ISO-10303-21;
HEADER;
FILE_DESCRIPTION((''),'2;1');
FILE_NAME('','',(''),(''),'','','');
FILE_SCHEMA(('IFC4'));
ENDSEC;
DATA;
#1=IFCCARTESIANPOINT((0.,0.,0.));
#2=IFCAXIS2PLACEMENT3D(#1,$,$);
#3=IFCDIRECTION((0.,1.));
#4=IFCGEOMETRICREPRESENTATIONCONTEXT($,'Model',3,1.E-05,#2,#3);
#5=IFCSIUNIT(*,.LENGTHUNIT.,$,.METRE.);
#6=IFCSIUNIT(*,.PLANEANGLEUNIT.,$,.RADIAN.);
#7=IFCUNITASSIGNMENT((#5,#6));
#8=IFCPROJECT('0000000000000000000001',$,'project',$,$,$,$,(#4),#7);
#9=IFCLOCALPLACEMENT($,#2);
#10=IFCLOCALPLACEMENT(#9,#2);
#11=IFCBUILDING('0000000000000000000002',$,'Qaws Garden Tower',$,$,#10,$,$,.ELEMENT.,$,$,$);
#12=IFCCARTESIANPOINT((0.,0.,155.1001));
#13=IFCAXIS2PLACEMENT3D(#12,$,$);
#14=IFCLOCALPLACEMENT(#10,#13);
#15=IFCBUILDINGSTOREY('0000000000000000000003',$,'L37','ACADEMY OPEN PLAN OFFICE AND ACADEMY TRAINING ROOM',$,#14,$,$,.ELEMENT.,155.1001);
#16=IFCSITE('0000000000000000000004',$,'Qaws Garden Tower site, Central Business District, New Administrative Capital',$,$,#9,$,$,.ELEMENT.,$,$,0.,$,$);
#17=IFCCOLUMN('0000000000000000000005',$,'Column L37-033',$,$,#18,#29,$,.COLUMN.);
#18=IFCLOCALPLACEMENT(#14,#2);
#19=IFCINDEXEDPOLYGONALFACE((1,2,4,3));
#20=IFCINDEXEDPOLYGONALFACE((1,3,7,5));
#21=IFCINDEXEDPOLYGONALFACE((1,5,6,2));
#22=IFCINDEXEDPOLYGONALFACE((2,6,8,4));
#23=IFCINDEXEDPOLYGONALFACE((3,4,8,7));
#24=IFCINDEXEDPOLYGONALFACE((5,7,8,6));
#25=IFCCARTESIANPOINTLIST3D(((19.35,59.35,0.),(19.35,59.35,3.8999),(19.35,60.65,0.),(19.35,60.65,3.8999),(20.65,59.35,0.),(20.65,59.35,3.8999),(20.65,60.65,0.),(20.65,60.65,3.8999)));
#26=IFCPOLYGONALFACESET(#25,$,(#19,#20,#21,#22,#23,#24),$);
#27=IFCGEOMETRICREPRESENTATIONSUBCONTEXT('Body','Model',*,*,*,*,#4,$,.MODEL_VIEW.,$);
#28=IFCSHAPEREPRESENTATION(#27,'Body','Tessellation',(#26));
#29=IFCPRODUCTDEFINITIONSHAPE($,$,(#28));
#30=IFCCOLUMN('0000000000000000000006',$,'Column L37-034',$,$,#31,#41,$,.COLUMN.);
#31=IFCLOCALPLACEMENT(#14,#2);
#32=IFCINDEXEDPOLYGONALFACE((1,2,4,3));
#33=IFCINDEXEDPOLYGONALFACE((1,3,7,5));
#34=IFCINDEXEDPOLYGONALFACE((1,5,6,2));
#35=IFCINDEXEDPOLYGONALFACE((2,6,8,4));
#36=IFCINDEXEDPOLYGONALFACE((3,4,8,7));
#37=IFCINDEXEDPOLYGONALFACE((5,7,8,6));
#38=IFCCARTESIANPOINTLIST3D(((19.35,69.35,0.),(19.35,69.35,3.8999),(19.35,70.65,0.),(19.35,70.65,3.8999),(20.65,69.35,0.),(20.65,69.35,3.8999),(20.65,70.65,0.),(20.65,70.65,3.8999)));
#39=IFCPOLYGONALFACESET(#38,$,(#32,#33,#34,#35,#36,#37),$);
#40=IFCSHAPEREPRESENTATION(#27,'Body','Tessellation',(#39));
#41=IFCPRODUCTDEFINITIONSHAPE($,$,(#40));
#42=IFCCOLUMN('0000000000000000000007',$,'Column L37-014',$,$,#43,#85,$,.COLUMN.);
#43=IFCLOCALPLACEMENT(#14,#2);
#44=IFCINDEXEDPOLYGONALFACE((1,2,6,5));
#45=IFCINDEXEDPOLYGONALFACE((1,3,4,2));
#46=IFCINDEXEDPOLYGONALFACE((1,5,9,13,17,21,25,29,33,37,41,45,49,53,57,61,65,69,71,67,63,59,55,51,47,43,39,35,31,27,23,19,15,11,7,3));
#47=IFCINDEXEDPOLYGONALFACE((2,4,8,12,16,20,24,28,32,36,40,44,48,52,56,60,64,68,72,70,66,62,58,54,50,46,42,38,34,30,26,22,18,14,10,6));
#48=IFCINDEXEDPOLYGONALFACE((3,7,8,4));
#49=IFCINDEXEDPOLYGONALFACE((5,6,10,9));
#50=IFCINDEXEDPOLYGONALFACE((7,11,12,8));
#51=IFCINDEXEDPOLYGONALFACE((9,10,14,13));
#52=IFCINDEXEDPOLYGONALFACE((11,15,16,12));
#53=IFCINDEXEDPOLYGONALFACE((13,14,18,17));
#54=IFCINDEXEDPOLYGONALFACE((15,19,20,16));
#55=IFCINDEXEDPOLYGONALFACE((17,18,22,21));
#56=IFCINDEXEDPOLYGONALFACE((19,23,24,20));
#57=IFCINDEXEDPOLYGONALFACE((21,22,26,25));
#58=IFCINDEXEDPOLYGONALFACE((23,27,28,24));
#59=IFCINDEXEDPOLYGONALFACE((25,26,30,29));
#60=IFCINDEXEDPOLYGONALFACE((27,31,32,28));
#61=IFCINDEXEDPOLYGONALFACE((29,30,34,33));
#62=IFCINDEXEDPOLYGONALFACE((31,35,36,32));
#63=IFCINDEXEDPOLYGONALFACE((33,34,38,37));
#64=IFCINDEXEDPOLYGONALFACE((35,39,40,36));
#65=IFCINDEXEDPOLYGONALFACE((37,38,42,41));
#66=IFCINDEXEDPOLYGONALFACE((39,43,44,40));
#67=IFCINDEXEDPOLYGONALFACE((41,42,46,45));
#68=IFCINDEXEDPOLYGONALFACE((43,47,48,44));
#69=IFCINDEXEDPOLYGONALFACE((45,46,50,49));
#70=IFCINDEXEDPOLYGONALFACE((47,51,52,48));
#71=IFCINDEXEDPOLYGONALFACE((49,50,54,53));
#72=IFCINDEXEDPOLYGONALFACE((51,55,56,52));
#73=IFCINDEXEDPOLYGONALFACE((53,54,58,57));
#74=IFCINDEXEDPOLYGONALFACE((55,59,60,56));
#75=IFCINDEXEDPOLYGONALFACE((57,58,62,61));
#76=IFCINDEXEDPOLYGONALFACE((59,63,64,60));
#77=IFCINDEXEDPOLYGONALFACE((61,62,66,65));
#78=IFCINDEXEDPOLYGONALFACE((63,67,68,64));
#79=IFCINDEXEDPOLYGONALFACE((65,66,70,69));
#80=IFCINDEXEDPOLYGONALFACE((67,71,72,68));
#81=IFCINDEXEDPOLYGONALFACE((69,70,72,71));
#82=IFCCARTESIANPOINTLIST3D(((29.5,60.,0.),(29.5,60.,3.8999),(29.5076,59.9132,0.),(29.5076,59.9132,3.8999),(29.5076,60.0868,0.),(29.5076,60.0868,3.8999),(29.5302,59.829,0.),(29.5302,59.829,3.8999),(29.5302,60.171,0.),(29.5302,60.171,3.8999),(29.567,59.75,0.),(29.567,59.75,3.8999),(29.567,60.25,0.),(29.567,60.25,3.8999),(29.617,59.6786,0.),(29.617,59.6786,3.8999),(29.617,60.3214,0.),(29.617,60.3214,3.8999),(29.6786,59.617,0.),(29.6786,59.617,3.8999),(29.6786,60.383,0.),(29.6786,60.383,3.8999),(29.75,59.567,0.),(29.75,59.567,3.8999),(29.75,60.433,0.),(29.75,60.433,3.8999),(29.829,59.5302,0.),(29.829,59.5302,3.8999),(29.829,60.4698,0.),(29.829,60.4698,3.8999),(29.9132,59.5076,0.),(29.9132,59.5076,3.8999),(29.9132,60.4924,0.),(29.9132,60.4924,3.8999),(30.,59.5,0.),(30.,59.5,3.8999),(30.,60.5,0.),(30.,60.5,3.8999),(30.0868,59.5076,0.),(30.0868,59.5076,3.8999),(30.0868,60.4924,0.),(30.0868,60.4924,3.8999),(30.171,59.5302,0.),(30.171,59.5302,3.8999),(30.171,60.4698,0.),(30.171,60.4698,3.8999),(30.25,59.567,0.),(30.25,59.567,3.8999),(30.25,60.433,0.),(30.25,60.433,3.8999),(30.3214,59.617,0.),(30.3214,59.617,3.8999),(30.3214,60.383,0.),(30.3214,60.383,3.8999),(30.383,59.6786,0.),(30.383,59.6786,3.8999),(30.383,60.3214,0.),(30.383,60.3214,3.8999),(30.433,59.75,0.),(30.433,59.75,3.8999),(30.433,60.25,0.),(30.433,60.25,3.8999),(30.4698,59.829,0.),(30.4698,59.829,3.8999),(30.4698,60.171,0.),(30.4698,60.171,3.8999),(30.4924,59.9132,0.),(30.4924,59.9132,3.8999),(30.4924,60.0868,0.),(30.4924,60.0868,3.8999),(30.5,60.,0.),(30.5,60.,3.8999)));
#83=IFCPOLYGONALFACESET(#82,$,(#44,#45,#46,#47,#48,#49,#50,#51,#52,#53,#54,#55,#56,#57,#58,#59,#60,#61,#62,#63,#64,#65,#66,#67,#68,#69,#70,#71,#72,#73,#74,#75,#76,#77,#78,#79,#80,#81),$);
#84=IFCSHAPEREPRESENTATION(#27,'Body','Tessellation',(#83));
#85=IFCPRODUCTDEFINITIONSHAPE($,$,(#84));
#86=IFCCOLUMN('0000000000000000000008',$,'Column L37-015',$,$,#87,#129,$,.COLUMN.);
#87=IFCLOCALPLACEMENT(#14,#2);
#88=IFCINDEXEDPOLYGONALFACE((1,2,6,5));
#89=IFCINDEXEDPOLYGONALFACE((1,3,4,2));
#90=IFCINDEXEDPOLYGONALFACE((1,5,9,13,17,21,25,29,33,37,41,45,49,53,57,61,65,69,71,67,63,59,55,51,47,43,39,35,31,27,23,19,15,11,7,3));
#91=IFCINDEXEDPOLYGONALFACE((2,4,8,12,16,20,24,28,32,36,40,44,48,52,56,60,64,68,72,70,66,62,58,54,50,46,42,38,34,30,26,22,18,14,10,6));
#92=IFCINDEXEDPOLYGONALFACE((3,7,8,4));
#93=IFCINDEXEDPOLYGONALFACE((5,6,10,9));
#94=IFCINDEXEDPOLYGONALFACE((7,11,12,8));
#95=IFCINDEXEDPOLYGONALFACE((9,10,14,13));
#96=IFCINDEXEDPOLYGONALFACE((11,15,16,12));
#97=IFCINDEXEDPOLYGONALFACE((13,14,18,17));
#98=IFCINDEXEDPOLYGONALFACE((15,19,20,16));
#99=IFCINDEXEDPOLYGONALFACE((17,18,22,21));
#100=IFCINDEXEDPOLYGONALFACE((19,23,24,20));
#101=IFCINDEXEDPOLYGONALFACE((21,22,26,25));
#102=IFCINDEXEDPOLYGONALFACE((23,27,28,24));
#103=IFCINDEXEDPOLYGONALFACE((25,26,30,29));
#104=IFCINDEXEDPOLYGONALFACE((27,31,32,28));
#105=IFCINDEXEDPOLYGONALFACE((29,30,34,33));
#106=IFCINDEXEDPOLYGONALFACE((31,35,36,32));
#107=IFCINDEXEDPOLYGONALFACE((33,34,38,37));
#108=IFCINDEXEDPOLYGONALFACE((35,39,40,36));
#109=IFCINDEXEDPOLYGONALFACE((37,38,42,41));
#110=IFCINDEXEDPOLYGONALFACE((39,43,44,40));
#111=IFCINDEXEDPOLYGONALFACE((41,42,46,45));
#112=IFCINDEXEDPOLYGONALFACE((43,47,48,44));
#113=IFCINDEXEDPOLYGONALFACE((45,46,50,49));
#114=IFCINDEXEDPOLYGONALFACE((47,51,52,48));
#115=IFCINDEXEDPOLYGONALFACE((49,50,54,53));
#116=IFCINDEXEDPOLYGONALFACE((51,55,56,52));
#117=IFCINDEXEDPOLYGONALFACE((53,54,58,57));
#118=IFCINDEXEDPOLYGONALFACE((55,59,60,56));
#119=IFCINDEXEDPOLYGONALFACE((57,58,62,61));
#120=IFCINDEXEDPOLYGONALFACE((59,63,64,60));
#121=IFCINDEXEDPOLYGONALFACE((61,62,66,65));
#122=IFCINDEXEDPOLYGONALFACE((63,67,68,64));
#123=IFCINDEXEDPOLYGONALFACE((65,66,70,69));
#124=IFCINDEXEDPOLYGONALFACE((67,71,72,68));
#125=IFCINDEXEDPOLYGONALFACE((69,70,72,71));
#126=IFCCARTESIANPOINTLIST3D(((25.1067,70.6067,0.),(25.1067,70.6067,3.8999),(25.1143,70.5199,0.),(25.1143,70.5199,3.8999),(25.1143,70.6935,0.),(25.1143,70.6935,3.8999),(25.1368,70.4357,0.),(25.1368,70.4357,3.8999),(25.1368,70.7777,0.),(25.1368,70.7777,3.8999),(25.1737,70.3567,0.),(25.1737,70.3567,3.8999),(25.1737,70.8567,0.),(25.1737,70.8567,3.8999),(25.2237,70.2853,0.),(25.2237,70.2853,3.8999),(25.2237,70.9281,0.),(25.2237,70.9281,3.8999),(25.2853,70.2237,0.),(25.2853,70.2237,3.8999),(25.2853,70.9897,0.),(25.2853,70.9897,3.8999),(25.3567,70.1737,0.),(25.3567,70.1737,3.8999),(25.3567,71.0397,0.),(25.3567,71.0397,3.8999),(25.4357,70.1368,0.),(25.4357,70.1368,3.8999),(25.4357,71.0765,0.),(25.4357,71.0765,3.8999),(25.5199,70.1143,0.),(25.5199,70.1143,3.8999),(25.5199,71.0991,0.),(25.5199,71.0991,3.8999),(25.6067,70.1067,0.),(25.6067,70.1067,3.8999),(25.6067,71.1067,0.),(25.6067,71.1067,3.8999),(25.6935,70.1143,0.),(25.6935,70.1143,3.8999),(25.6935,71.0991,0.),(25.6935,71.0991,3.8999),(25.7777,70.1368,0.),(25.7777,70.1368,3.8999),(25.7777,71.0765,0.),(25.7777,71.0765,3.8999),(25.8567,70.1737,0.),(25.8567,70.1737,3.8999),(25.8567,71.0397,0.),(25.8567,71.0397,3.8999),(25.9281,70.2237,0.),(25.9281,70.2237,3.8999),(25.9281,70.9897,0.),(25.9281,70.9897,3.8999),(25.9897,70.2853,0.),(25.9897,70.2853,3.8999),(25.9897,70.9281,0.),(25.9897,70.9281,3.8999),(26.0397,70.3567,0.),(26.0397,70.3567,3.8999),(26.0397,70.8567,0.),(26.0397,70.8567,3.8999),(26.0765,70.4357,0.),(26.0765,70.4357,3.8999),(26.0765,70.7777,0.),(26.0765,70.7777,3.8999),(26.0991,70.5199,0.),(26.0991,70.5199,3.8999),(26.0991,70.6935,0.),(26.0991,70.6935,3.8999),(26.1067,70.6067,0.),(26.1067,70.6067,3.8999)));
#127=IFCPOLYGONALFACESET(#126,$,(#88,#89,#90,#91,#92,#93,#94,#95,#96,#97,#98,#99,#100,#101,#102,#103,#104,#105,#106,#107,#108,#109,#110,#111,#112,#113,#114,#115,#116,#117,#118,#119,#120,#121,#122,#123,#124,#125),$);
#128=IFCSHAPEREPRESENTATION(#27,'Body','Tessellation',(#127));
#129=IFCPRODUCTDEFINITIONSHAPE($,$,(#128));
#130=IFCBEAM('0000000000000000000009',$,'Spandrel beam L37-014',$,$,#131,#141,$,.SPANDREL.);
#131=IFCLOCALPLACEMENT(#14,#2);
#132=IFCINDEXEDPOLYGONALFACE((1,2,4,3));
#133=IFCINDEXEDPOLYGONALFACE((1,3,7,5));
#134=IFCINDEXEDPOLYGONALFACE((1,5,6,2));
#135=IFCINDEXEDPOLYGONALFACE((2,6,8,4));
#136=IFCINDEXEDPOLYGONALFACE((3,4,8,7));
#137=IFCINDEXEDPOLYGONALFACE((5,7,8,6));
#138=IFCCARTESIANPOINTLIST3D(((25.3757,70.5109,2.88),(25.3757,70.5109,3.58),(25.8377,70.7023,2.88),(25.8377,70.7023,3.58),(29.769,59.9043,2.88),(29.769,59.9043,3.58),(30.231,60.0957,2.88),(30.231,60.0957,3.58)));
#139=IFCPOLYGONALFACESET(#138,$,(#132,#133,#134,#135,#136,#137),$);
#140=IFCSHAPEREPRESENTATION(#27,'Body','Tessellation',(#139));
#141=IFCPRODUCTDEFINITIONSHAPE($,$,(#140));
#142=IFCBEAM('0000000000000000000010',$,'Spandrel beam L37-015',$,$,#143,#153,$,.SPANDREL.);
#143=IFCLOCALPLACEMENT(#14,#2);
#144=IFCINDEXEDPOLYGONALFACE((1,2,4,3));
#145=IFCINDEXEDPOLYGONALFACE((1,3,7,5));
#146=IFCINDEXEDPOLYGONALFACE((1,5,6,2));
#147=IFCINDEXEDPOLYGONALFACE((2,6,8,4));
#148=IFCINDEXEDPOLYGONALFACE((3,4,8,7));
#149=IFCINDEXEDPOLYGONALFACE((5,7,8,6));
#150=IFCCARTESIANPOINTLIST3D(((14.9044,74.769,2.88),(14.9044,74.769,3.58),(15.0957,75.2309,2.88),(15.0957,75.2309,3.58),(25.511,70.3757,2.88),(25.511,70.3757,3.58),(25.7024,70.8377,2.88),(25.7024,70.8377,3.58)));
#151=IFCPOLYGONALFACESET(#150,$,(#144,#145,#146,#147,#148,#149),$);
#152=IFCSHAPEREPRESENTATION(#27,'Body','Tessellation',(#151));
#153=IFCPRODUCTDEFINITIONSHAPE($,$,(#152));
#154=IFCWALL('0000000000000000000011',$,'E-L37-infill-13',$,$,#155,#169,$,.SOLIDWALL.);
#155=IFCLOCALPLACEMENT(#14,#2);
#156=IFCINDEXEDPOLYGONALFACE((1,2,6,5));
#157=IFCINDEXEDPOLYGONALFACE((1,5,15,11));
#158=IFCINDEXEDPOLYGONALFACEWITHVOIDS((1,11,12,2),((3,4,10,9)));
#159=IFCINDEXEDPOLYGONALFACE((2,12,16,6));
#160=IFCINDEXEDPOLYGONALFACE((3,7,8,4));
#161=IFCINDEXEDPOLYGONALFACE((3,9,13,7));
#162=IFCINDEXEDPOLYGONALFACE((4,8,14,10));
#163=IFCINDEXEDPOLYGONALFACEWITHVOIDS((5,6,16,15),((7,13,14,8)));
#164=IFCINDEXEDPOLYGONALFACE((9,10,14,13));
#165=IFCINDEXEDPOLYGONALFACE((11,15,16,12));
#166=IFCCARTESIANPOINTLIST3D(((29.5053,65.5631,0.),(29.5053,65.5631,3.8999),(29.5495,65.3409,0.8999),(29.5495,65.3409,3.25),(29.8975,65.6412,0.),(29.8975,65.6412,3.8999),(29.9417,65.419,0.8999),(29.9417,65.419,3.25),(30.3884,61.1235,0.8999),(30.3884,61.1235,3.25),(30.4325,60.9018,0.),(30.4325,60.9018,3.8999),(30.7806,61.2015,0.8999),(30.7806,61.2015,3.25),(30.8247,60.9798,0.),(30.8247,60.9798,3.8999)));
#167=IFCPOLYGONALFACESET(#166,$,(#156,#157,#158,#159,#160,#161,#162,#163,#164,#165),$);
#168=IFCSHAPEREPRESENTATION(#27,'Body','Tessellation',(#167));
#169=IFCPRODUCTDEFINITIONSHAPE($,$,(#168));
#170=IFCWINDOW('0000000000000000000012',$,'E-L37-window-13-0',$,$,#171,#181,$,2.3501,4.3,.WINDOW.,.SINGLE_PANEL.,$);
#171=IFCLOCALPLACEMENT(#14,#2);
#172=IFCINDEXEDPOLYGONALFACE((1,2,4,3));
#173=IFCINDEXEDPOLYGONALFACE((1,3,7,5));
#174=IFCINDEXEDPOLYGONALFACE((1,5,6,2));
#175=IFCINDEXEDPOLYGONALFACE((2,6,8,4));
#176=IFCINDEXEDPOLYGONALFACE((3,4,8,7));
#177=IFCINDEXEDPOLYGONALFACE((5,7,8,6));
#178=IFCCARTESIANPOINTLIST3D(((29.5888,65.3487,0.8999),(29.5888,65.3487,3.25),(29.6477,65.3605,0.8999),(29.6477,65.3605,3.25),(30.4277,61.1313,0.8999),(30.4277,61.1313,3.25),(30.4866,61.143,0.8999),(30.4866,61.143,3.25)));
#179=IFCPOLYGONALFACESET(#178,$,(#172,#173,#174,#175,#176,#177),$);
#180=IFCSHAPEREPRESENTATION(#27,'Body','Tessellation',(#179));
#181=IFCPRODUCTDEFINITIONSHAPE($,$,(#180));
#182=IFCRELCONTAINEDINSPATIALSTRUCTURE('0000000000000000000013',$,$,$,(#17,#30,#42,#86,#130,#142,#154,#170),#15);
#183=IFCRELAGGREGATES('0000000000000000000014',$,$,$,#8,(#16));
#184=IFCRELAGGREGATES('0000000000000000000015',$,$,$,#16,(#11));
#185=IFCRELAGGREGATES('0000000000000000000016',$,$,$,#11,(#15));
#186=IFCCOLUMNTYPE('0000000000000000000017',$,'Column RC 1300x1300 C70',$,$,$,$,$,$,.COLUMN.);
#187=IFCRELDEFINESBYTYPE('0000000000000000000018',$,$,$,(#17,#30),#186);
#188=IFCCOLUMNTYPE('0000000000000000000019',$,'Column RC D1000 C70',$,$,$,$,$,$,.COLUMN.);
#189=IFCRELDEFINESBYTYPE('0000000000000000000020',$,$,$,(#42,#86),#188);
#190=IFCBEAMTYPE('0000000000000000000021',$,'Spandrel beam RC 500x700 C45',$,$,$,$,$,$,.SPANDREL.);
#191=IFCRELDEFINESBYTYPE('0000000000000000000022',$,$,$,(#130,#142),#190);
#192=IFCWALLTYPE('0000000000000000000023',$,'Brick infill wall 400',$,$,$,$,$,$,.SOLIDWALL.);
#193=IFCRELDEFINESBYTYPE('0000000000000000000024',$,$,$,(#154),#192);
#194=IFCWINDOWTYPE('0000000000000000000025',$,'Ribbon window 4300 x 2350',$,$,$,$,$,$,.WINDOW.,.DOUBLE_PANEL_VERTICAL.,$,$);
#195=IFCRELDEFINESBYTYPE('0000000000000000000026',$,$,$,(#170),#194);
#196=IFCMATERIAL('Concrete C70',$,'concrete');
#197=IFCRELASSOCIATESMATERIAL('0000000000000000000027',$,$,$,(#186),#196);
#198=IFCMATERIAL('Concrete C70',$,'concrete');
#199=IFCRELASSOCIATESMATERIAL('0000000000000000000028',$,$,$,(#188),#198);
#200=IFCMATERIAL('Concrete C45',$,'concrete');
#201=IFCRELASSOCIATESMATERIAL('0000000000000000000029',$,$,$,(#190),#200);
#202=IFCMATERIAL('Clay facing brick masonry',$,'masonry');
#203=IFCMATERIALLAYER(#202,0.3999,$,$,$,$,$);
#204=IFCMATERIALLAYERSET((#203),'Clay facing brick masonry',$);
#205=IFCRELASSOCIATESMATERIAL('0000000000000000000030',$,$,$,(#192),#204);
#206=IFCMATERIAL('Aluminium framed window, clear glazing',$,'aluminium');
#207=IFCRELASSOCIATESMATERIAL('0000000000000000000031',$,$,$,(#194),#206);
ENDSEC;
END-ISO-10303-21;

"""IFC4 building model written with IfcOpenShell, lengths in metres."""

from ifc_helpers import new_model, si_unit, direction, frame, frame_2d, origin, origin_2d, place, context, subcontext, project, spatial, rectangle, circle, extrude, material, layer, layer_set, material_profile, profile_set, type_object, element, fill, save


model = new_model("IFC4")

# Units and contexts
model_context = context("Model", 3, precision=1e-05, world=origin(), true_north=direction((0.0, 1.0)))
body_context = subcontext(model_context, "Body", "Model", "MODEL_VIEW")
ifc_project = project(units=[si_unit("LENGTHUNIT", "METRE"), si_unit("PLANEANGLEUNIT", "RADIAN")], contexts=[model_context])

# Site, building, storey
site_placement = place(None, origin())
site = spatial("IfcSite", under=ifc_project, at=site_placement, Name="Qaws Garden Tower site, Central Business District, New Administrative Capital", CompositionType="ELEMENT", RefElevation=0.0)
building_placement = place(site_placement, origin())
building = spatial("IfcBuilding", under=site, at=building_placement, Name="Qaws Garden Tower", CompositionType="ELEMENT")
storey_placement = place(building_placement, frame((0.0, 0.0, 155.1001)))
storey = spatial("IfcBuildingStorey", under=building, at=storey_placement, Name="L37", Description="ACADEMY OPEN PLAN OFFICE AND ACADEMY TRAINING ROOM", CompositionType="ELEMENT", Elevation=155.1001)

# Columns
ifc_material_1 = material(Name="Concrete C70", Category="concrete")
ifc_material_profile_1 = material_profile(ifc_material_1, rectangle(XDim=1.3, YDim=1.3, at=origin_2d()), Name="RC 1300x1300")
ifc_profile_set_1 = profile_set([ifc_material_profile_1], Name="Concrete C70")
column_type_1 = type_object("IfcColumnType", Name="Column RC 1300x1300 C70", PredefinedType="COLUMN", material=ifc_profile_set_1)
for number, where, z_axis, x_axis, name in (
    (1, (20.0, 60.0, 0.0), (0.0, 0.0, 1.0), (1.0, 0.0, 0.0), "Column L37-033"),
    (2, (20.0, 70.0, 0.0), (0.0, 0.0, 1.0), (1.0, 0.0, 0.0), "Column L37-034"),
):
    element("IfcColumn", number, at=place(storey_placement, frame(where, z_axis=z_axis, x_axis=x_axis)), inside=storey, type_object=column_type_1, Name=name, PredefinedType="COLUMN", context=body_context, shape_type="SweptSolid", body=[
        extrude(rectangle(XDim=1.3, YDim=1.3, at=origin_2d()), origin(), (0.0, 0.0, 1.0), 3.8999),
    ])
ifc_material_2 = material(Name="Concrete C70", Category="concrete")
ifc_material_profile_2 = material_profile(ifc_material_2, circle(Radius=0.5, at=origin_2d()), Name="RC D1000")
ifc_profile_set_2 = profile_set([ifc_material_profile_2], Name="Concrete C70")
column_type_2 = type_object("IfcColumnType", Name="Column RC D1000 C70", PredefinedType="COLUMN", material=ifc_profile_set_2)
for number, where, z_axis, x_axis, name in (
    (3, (30.0, 60.0, 0.0), (0.0, 0.0, 1.0), (1.0, 0.0, 0.0), "Column L37-014"),
    (4, (25.6067, 70.6067, 0.0), (0.0, 0.0, 1.0), (1.0, 0.0, 0.0), "Column L37-015"),
):
    element("IfcColumn", number, at=place(storey_placement, frame(where, z_axis=z_axis, x_axis=x_axis)), inside=storey, type_object=column_type_2, Name=name, PredefinedType="COLUMN", context=body_context, shape_type="SweptSolid", body=[
        extrude(circle(Radius=0.5, at=origin_2d()), origin(), (0.0, 0.0, 1.0), 3.8999),
    ])

# Beams
ifc_material_3 = material(Name="Concrete C45", Category="concrete")
ifc_material_profile_3 = material_profile(ifc_material_3, rectangle(XDim=0.5, YDim=0.7, at=origin_2d()), Name="RC 500x700")
ifc_profile_set_3 = profile_set([ifc_material_profile_3], Name="Concrete C45")
beam_type = type_object("IfcBeamType", Name="Spandrel beam RC 500x700 C45", PredefinedType="SPANDREL", material=ifc_profile_set_3)
for number, where, z_axis, x_axis, name in (
    (5, (30.0, 60.0, 3.23), (-0.382674, 0.923883, 0.0), (-0.923883, -0.382674, 0.0), "Spandrel beam L37-014"),
    (6, (25.6067, 70.6067, 3.23), (-0.923883, 0.382674, 0.0), (-0.382674, -0.923883, 0.0), "Spandrel beam L37-015"),
):
    element("IfcBeam", number, at=place(storey_placement, frame(where, z_axis=z_axis, x_axis=x_axis)), inside=storey, type_object=beam_type, Name=name, PredefinedType="SPANDREL", context=body_context, shape_type="SweptSolid", body=[
        extrude(rectangle(XDim=0.5, YDim=0.7, at=origin_2d()), origin(), (0.0, 0.0, 1.0), 11.4805),
    ])

# Wall, opening, window
ifc_material_4 = material(Name="Clay facing brick masonry", Category="masonry")
ifc_layer_1 = layer(ifc_material_4, 0.3999)
ifc_layer_set_1 = layer_set([ifc_layer_1], Name="Clay facing brick masonry")
wall_type_1 = type_object("IfcWallType", Name="Brick infill wall 400", PredefinedType="SOLIDWALL", material=ifc_layer_set_1)
wall_1_placement = place(storey_placement, frame((30.6287, 60.9407, 0.0), z_axis=(0.0, 0.0, 1.0), x_axis=(-0.195099, 0.980784, 0.0)))
wall_1 = element("IfcWall", 7, at=wall_1_placement, inside=storey, type_object=wall_type_1, Name="E-L37-infill-13", PredefinedType="SOLIDWALL", context=body_context, shape_type="SweptSolid", body=[
    extrude(rectangle(XDim=4.7527, YDim=0.3999, at=frame_2d((2.3765, 0.0))), origin(), (0.0, 0.0, 1.0), 3.8999),
])
opening_1_placement = place(wall_1_placement, frame((0.2263, 0.0, 0.8999)))
opening_1 = element("IfcOpeningElement", 8, at=opening_1_placement, cuts=wall_1, PredefinedType="OPENING", context=body_context, shape_type="SweptSolid", body=[
    extrude(rectangle(XDim=4.3, YDim=2.3501, at=frame_2d((2.1499, 1.175))), frame((0.0, 0.21, 0.0), z_axis=(0.0, -1.0, 0.0), x_axis=(1.0, 0.0, 0.0)), (0.0, 0.0, 1.0), 0.4199),
])
ifc_material_5 = material(Name="Aluminium framed window, clear glazing", Category="aluminium")
window_type = type_object("IfcWindowType", Name="Ribbon window 4300 x 2350", PartitioningType="DOUBLE_PANEL_VERTICAL", PredefinedType="WINDOW", material=ifc_material_5)
window_1_placement = place(opening_1_placement, origin())
window_1 = element("IfcWindow", 9, at=window_1_placement, inside=storey, type_object=window_type, Name="E-L37-window-13-0", OverallHeight=2.3501, OverallWidth=4.3, PartitioningType="SINGLE_PANEL", PredefinedType="WINDOW", context=body_context, shape_type="SweptSolid", body=[
    extrude(rectangle(XDim=4.3, YDim=2.3501, at=frame_2d((2.1499, 1.175))), frame((0.0, 0.1599, 0.0), z_axis=(0.0, -1.0, 0.0), x_axis=(1.0, 0.0, 0.0)), (0.0, 0.0, 1.0), 0.0601),
])
fill(opening_1, window_1)

save(model, "model.ifc")
